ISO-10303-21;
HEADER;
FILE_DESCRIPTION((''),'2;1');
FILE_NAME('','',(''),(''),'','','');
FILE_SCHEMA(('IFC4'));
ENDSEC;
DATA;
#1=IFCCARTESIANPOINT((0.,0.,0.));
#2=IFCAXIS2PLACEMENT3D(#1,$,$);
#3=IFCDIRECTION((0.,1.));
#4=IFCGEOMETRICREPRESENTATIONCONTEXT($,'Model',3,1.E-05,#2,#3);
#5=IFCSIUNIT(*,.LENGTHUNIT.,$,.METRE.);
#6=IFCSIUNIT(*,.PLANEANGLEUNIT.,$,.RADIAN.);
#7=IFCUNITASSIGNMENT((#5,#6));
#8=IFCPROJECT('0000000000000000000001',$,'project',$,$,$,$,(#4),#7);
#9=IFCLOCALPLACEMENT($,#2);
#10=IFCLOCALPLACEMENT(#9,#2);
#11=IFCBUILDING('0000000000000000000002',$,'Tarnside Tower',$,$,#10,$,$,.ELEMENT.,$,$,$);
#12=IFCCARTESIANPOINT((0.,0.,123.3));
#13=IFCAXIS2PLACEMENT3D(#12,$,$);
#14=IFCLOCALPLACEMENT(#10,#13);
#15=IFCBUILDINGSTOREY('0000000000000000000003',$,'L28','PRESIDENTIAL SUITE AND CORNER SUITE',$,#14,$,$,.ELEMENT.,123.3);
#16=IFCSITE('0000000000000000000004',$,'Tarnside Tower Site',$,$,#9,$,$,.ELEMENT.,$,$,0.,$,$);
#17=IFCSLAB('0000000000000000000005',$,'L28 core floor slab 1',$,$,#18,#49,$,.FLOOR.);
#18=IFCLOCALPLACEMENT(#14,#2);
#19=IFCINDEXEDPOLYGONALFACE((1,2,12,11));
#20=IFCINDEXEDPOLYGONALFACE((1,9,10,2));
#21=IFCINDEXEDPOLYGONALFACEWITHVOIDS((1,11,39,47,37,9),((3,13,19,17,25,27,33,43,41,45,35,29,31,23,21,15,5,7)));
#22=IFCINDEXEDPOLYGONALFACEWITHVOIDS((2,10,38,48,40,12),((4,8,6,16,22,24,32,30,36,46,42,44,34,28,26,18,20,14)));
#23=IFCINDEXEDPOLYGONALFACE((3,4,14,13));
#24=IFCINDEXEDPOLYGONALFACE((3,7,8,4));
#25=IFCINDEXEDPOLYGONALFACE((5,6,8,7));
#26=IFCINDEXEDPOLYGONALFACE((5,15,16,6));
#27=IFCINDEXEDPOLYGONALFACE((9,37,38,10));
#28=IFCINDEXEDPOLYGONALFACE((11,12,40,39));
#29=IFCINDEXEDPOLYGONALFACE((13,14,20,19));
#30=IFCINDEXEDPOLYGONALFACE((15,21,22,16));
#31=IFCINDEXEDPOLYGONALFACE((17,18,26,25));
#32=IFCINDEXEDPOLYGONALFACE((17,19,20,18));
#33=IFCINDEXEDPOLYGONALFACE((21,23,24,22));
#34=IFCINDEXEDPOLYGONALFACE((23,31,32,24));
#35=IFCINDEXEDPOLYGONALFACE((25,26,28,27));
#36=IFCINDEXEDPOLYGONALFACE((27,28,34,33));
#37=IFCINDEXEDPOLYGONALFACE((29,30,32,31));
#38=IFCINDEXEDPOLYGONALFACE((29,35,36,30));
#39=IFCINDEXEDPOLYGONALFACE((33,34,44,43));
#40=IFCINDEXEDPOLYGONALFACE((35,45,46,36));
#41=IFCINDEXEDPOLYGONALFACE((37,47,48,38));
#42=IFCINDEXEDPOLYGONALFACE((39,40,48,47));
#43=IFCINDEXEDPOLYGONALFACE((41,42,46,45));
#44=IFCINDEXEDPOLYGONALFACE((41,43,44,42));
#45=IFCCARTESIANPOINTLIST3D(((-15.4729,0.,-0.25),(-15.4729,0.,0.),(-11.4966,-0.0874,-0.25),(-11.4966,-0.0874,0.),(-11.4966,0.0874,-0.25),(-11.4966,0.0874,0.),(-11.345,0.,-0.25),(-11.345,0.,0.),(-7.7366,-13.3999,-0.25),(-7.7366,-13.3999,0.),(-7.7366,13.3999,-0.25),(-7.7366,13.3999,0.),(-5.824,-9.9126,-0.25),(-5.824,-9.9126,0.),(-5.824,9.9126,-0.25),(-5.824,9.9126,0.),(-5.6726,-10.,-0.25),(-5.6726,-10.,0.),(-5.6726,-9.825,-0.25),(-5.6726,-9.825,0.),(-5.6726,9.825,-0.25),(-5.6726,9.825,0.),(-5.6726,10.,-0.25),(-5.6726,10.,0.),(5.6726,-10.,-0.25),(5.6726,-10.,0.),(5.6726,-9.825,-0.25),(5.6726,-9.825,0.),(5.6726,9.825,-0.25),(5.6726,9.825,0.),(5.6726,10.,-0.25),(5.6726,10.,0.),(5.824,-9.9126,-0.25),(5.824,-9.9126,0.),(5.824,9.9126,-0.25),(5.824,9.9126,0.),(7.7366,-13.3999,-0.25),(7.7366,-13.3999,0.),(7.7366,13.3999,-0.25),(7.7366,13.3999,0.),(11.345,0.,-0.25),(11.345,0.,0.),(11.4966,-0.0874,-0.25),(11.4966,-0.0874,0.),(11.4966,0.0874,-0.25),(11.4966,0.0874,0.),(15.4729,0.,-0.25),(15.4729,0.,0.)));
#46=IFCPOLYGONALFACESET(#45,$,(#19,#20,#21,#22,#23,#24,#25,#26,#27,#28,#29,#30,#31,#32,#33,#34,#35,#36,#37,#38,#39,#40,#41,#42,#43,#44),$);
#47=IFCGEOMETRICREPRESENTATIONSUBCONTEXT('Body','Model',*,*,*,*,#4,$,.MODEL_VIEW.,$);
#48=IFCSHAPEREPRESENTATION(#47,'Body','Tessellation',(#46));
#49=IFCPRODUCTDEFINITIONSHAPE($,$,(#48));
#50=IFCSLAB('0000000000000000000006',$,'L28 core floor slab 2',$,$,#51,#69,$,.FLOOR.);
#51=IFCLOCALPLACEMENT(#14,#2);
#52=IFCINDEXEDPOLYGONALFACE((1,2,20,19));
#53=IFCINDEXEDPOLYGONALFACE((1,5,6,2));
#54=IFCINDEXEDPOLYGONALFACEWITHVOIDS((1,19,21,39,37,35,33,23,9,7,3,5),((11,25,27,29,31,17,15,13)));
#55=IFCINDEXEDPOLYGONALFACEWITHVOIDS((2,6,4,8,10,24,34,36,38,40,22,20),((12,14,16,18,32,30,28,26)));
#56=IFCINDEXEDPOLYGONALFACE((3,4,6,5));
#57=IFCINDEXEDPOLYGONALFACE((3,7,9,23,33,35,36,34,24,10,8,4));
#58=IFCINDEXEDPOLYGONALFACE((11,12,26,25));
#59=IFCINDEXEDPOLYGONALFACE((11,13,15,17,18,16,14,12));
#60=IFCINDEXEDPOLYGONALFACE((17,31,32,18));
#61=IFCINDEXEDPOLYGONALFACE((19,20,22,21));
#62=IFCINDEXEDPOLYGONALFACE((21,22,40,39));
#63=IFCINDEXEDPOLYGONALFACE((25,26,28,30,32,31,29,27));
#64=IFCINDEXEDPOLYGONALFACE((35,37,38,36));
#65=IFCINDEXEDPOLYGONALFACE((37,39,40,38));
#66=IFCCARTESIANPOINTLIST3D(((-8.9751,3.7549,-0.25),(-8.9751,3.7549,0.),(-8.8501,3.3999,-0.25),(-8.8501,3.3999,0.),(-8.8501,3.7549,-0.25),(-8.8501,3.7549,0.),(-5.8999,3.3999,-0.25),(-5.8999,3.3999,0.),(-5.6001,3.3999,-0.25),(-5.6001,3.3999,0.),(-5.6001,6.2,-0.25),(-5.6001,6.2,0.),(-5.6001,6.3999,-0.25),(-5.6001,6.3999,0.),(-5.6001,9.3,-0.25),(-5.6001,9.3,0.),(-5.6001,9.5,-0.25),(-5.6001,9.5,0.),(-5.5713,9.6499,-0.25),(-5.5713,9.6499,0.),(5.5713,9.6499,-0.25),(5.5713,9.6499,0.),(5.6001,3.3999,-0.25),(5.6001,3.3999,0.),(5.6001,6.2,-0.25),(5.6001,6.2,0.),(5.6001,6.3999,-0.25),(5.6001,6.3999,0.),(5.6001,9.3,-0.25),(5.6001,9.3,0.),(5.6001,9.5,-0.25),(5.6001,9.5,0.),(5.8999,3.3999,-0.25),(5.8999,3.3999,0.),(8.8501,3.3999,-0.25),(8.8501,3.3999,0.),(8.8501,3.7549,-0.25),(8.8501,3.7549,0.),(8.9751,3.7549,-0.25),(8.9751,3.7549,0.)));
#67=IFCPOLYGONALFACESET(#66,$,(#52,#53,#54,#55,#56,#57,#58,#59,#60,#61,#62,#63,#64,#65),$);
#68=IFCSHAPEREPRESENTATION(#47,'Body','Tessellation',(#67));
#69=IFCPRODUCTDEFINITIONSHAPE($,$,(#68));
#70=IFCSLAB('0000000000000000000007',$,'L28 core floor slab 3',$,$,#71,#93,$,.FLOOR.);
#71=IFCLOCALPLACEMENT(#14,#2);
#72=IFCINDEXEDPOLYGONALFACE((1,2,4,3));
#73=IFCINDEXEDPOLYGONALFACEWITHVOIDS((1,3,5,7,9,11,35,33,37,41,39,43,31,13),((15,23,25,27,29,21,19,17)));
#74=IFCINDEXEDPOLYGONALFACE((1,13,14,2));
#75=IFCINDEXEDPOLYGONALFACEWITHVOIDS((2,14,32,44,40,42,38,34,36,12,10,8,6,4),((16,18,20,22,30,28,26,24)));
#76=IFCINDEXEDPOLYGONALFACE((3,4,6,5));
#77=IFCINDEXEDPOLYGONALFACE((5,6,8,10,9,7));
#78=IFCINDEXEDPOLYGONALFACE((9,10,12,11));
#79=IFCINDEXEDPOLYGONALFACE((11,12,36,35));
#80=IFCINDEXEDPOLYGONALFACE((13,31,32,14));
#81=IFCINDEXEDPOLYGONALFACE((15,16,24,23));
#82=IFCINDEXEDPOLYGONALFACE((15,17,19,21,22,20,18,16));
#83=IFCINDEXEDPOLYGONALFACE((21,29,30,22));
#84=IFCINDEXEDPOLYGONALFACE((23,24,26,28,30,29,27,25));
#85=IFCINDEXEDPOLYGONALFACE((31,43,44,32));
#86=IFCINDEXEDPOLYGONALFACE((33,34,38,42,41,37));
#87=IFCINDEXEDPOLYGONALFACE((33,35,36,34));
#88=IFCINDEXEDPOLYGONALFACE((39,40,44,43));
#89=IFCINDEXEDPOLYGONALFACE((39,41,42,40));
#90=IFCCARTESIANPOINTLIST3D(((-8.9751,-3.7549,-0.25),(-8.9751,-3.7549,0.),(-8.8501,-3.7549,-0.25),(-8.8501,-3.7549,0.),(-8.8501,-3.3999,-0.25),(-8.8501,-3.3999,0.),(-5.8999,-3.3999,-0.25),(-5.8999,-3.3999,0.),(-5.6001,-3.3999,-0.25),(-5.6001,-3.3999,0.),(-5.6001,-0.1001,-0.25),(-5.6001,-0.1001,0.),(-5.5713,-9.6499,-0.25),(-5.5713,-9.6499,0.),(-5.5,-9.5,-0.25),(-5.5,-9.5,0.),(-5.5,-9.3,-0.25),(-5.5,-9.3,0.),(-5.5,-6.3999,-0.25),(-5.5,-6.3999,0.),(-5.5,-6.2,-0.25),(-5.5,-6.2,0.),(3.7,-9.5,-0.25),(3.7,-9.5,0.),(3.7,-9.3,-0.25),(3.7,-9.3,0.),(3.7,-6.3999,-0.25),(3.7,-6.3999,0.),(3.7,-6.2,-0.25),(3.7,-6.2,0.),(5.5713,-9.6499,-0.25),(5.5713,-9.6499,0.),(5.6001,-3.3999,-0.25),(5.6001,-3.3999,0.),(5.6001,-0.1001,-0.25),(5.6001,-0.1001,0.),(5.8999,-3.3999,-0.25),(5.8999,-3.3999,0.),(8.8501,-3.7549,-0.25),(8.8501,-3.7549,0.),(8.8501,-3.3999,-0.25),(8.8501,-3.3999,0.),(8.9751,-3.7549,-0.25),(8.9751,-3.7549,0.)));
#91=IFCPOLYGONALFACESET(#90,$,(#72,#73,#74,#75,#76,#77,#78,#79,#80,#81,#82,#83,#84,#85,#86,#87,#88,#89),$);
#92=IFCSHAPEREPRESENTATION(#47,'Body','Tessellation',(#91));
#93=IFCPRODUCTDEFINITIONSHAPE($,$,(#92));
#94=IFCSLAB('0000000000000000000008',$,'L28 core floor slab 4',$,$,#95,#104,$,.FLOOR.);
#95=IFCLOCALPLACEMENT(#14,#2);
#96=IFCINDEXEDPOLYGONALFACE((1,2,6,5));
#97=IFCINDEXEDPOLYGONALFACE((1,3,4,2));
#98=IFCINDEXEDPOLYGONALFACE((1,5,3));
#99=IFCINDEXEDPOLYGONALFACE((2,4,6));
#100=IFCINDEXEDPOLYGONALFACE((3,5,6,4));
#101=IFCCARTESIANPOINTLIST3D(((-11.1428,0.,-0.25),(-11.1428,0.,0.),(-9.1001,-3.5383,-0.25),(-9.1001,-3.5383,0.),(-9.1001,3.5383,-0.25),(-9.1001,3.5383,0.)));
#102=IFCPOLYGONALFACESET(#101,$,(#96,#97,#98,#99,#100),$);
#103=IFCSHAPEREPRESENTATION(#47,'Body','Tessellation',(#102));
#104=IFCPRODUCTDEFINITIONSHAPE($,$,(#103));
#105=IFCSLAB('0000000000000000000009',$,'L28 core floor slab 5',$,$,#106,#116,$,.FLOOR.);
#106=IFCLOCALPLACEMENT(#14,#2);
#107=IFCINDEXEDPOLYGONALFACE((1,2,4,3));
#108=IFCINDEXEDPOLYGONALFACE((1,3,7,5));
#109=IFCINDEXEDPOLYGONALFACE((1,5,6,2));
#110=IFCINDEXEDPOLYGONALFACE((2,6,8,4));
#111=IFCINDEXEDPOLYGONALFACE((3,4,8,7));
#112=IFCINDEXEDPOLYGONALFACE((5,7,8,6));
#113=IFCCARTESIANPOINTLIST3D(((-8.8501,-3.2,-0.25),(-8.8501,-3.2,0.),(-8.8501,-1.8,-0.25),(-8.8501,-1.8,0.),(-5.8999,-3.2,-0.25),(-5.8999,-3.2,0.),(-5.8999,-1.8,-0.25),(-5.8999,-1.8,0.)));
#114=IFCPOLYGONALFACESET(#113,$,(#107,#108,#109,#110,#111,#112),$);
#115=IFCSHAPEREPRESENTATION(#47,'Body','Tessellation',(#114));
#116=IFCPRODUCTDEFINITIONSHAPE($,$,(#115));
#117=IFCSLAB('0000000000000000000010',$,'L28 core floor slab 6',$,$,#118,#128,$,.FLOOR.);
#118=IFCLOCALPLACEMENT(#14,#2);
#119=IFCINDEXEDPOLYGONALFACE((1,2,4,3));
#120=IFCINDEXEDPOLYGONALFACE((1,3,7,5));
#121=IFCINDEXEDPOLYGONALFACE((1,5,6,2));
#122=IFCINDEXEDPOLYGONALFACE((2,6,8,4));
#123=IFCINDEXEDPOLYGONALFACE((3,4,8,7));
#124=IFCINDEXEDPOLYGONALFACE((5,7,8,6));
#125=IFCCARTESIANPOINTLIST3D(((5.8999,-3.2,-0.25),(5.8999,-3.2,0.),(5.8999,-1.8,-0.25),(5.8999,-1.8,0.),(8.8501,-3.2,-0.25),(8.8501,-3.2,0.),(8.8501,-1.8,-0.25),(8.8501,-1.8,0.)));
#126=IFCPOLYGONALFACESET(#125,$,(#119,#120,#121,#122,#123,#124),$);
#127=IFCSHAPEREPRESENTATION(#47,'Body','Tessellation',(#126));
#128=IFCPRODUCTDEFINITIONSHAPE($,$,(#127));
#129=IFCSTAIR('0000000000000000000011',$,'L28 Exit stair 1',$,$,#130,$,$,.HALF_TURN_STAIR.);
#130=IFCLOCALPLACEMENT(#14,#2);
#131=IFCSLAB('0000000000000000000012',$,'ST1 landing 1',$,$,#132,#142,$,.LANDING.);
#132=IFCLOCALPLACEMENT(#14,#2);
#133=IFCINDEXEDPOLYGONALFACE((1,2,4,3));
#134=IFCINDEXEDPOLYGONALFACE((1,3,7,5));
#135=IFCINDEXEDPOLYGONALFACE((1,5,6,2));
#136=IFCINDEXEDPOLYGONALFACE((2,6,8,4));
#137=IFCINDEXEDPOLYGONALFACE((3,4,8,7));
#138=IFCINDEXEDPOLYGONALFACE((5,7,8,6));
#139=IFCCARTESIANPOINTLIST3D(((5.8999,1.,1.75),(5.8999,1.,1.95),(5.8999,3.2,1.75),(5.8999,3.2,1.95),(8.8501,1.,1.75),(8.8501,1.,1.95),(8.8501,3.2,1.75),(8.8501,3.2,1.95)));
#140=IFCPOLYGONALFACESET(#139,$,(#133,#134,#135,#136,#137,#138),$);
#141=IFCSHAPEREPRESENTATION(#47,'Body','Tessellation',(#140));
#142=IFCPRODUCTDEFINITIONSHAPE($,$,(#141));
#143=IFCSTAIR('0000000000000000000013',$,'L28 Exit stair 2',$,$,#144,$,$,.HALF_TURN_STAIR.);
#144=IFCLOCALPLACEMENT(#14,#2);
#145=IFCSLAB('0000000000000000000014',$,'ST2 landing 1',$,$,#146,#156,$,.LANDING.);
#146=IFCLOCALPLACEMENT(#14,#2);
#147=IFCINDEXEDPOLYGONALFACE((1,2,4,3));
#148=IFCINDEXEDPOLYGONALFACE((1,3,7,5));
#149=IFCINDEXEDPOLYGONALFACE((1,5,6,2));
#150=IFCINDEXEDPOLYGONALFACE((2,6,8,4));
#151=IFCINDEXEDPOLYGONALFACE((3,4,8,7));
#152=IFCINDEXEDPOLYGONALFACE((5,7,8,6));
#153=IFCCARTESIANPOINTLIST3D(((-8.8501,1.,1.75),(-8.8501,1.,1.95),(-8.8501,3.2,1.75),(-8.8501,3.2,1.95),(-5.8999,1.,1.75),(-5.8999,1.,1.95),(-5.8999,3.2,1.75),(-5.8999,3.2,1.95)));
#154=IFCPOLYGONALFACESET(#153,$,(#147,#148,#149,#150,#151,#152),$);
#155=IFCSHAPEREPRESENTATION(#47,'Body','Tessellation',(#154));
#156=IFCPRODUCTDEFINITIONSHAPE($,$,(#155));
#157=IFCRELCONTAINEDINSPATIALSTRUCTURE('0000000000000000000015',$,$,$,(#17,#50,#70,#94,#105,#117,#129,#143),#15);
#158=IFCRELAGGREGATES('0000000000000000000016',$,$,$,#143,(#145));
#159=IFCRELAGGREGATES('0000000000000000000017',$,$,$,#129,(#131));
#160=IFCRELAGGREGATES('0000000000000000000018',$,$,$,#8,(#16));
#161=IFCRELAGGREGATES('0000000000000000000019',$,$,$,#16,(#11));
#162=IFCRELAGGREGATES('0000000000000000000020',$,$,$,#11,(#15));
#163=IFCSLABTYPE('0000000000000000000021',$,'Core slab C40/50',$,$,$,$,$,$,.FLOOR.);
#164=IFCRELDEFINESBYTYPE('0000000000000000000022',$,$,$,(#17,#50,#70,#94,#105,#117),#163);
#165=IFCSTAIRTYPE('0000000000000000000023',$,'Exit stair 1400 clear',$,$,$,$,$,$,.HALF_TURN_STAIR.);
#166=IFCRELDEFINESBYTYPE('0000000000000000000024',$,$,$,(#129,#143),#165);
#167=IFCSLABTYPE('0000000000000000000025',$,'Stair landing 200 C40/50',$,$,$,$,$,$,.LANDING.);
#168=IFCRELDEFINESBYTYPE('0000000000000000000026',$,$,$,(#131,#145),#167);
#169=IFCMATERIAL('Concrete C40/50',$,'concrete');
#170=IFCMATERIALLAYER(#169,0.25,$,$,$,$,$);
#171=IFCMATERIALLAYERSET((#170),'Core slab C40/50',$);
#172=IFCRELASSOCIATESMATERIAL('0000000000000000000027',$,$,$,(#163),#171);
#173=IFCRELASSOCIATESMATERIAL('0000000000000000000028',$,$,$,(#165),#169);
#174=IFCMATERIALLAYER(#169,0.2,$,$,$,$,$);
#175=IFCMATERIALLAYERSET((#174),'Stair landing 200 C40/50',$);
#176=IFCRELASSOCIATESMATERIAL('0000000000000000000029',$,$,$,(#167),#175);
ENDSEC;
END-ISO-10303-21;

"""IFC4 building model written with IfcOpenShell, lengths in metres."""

from ifc_helpers import new_model, si_unit, direction, frame, origin, place, context, subcontext, project, spatial, polyline, outline, extrude, material, layer, layer_set, type_object, element, aggregate, save


model = new_model("IFC4")

# Units and contexts
model_context = context("Model", 3, precision=1e-05, world=origin(), true_north=direction((0.0, 1.0)))
body_context = subcontext(model_context, "Body", "Model", "MODEL_VIEW")
ifc_project = project(units=[si_unit("LENGTHUNIT", "METRE"), si_unit("PLANEANGLEUNIT", "RADIAN")], contexts=[model_context])

# Site, building, storey
site_placement = place(None, origin())
site = spatial("IfcSite", under=ifc_project, at=site_placement, Name="Tarnside Tower Site", CompositionType="ELEMENT", RefElevation=0.0)
building_placement = place(site_placement, origin())
building = spatial("IfcBuilding", under=site, at=building_placement, Name="Tarnside Tower", CompositionType="ELEMENT")
storey_placement = place(building_placement, frame((0.0, 0.0, 123.3)))
storey = spatial("IfcBuildingStorey", under=building, at=storey_placement, Name="L28", Description="PRESIDENTIAL SUITE AND CORNER SUITE", CompositionType="ELEMENT", Elevation=123.3)

# Slabs
ifc_material_1 = material(Name="Concrete C40/50", Category="concrete")
ifc_layer_1 = layer(ifc_material_1, 0.25)
ifc_layer_set_1 = layer_set([ifc_layer_1], Name="Core slab C40/50")
slab_type_1 = type_object("IfcSlabType", Name="Core slab C40/50", PredefinedType="FLOOR", material=ifc_layer_set_1)
slab_1_placement = place(storey_placement, frame((0.0, 0.0, -0.25)))
element("IfcSlab", 1, at=slab_1_placement, inside=storey, type_object=slab_type_1, Name="L28 core floor slab 1", PredefinedType="FLOOR", context=body_context, shape_type="SweptSolid", body=[
    extrude(outline(polyline([(-15.4729, 0.0), (-7.7366, 13.3999), (7.7366, 13.3999), (15.4729, 0.0), (7.7366, -13.3999), (-7.7366, -13.3999), (-15.4729, 0.0)]), holes=[polyline([(5.824, -9.9126), (11.4966, -0.0874), (11.345, 0.0), (11.4966, 0.0874), (5.824, 9.9126), (5.6726, 9.825), (5.6726, 10.0), (-5.6726, 10.0), (-5.6726, 9.825), (-5.824, 9.9126), (-11.4966, 0.0874), (-11.345, 0.0), (-11.4966, -0.0874), (-5.824, -9.9126), (-5.6726, -9.825), (-5.6726, -10.0), (5.6726, -10.0), (5.6726, -9.825), (5.824, -9.9126)])]), origin(), (0.0, 0.0, 1.0), 0.25),
])
slab_2_placement = place(storey_placement, frame((0.0, 0.0, -0.25)))
element("IfcSlab", 2, at=slab_2_placement, inside=storey, type_object=slab_type_1, Name="L28 core floor slab 2", PredefinedType="FLOOR", context=body_context, shape_type="SweptSolid", body=[
    extrude(outline(polyline([(-8.9751, 3.7549), (-5.5713, 9.6499), (5.5713, 9.6499), (8.9751, 3.7549), (8.8501, 3.7549), (8.8501, 3.3999), (5.8999, 3.3999), (5.6001, 3.3999), (5.6001, 3.3999), (-5.6001, 3.3999), (-5.8999, 3.3999), (-8.8501, 3.3999), (-8.8501, 3.7549), (-8.9751, 3.7549)]), holes=[polyline([(-5.6001, 6.2), (5.6001, 6.2), (5.6001, 6.3999), (5.6001, 9.3), (5.6001, 9.5), (-5.6001, 9.5), (-5.6001, 9.3), (-5.6001, 6.3999), (-5.6001, 6.2)])]), origin(), (0.0, 0.0, 1.0), 0.25),
])
slab_3_placement = place(storey_placement, frame((0.0, 0.0, -0.25)))
element("IfcSlab", 3, at=slab_3_placement, inside=storey, type_object=slab_type_1, Name="L28 core floor slab 3", PredefinedType="FLOOR", context=body_context, shape_type="SweptSolid", body=[
    extrude(outline(polyline([(5.6001, -3.3999), (5.8999, -3.3999), (8.8501, -3.3999), (8.8501, -3.7549), (8.9751, -3.7549), (5.5713, -9.6499), (-5.5713, -9.6499), (-8.9751, -3.7549), (-8.8501, -3.7549), (-8.8501, -3.3999), (-5.8999, -3.3999), (-5.6001, -3.3999), (-5.6001, -0.1001), (5.6001, -0.1001), (5.6001, -3.3999)]), holes=[polyline([(-5.5, -9.3), (-5.5, -9.5), (3.7, -9.5), (3.7, -9.3), (3.7, -6.3999), (3.7, -6.2), (-5.5, -6.2), (-5.5, -6.3999), (-5.5, -9.3)])]), origin(), (0.0, 0.0, 1.0), 0.25),
])
slab_4_placement = place(storey_placement, frame((0.0, 0.0, -0.25)))
element("IfcSlab", 4, at=slab_4_placement, inside=storey, type_object=slab_type_1, Name="L28 core floor slab 4", PredefinedType="FLOOR", context=body_context, shape_type="SweptSolid", body=[
    extrude(outline(polyline([(-11.1428, 0.0), (-9.1001, 3.5383), (-9.1001, -3.5383), (-11.1428, 0.0)])), origin(), (0.0, 0.0, 1.0), 0.25),
])
slab_5_placement = place(storey_placement, frame((0.0, 0.0, -0.25)))
element("IfcSlab", 5, at=slab_5_placement, inside=storey, type_object=slab_type_1, Name="L28 core floor slab 5", PredefinedType="FLOOR", context=body_context, shape_type="SweptSolid", body=[
    extrude(outline(polyline([(-8.8501, -1.8), (-5.8999, -1.8), (-5.8999, -3.2), (-8.8501, -3.2), (-8.8501, -1.8)])), origin(), (0.0, 0.0, 1.0), 0.25),
])
slab_6_placement = place(storey_placement, frame((0.0, 0.0, -0.25)))
element("IfcSlab", 6, at=slab_6_placement, inside=storey, type_object=slab_type_1, Name="L28 core floor slab 6", PredefinedType="FLOOR", context=body_context, shape_type="SweptSolid", body=[
    extrude(outline(polyline([(5.8999, -3.2), (5.8999, -1.8), (8.8501, -1.8), (8.8501, -3.2), (5.8999, -3.2)])), origin(), (0.0, 0.0, 1.0), 0.25),
])

# Stairs, slabs
stair_type = type_object("IfcStairType", Name="Exit stair 1400 clear", PredefinedType="HALF_TURN_STAIR", material=ifc_material_1)
stair_1_placement = place(storey_placement, origin())
stair_1 = element("IfcStair", 7, at=stair_1_placement, inside=storey, type_object=stair_type, Name="L28 Exit stair 1", PredefinedType="HALF_TURN_STAIR")
ifc_layer_2 = layer(ifc_material_1, 0.2)
ifc_layer_set_2 = layer_set([ifc_layer_2], Name="Stair landing 200 C40/50")
slab_type_2 = type_object("IfcSlabType", Name="Stair landing 200 C40/50", PredefinedType="LANDING", material=ifc_layer_set_2)
slab_7_placement = place(storey_placement, frame((0.0, 0.0, 1.75)))
slab_7 = element("IfcSlab", 8, at=slab_7_placement, type_object=slab_type_2, Name="ST1 landing 1", PredefinedType="LANDING", context=body_context, shape_type="SweptSolid", body=[
    extrude(outline(polyline([(8.8501, 1.0), (8.8501, 3.2), (5.8999, 3.2), (5.8999, 1.0), (8.8501, 1.0)])), origin(), (0.0, 0.0, 1.0), 0.2),
])
stair_2_placement = place(storey_placement, origin())
stair_2 = element("IfcStair", 9, at=stair_2_placement, inside=storey, type_object=stair_type, Name="L28 Exit stair 2", PredefinedType="HALF_TURN_STAIR")
slab_8_placement = place(storey_placement, frame((0.0, 0.0, 1.75)))
slab_8 = element("IfcSlab", 10, at=slab_8_placement, type_object=slab_type_2, Name="ST2 landing 1", PredefinedType="LANDING", context=body_context, shape_type="SweptSolid", body=[
    extrude(outline(polyline([(-5.8999, 1.0), (-5.8999, 3.2), (-8.8501, 3.2), (-8.8501, 1.0), (-5.8999, 1.0)])), origin(), (0.0, 0.0, 1.0), 0.2),
])
aggregate(stair_2, [slab_8])

aggregate(stair_1, [slab_7])

save(model, "model.ifc")
